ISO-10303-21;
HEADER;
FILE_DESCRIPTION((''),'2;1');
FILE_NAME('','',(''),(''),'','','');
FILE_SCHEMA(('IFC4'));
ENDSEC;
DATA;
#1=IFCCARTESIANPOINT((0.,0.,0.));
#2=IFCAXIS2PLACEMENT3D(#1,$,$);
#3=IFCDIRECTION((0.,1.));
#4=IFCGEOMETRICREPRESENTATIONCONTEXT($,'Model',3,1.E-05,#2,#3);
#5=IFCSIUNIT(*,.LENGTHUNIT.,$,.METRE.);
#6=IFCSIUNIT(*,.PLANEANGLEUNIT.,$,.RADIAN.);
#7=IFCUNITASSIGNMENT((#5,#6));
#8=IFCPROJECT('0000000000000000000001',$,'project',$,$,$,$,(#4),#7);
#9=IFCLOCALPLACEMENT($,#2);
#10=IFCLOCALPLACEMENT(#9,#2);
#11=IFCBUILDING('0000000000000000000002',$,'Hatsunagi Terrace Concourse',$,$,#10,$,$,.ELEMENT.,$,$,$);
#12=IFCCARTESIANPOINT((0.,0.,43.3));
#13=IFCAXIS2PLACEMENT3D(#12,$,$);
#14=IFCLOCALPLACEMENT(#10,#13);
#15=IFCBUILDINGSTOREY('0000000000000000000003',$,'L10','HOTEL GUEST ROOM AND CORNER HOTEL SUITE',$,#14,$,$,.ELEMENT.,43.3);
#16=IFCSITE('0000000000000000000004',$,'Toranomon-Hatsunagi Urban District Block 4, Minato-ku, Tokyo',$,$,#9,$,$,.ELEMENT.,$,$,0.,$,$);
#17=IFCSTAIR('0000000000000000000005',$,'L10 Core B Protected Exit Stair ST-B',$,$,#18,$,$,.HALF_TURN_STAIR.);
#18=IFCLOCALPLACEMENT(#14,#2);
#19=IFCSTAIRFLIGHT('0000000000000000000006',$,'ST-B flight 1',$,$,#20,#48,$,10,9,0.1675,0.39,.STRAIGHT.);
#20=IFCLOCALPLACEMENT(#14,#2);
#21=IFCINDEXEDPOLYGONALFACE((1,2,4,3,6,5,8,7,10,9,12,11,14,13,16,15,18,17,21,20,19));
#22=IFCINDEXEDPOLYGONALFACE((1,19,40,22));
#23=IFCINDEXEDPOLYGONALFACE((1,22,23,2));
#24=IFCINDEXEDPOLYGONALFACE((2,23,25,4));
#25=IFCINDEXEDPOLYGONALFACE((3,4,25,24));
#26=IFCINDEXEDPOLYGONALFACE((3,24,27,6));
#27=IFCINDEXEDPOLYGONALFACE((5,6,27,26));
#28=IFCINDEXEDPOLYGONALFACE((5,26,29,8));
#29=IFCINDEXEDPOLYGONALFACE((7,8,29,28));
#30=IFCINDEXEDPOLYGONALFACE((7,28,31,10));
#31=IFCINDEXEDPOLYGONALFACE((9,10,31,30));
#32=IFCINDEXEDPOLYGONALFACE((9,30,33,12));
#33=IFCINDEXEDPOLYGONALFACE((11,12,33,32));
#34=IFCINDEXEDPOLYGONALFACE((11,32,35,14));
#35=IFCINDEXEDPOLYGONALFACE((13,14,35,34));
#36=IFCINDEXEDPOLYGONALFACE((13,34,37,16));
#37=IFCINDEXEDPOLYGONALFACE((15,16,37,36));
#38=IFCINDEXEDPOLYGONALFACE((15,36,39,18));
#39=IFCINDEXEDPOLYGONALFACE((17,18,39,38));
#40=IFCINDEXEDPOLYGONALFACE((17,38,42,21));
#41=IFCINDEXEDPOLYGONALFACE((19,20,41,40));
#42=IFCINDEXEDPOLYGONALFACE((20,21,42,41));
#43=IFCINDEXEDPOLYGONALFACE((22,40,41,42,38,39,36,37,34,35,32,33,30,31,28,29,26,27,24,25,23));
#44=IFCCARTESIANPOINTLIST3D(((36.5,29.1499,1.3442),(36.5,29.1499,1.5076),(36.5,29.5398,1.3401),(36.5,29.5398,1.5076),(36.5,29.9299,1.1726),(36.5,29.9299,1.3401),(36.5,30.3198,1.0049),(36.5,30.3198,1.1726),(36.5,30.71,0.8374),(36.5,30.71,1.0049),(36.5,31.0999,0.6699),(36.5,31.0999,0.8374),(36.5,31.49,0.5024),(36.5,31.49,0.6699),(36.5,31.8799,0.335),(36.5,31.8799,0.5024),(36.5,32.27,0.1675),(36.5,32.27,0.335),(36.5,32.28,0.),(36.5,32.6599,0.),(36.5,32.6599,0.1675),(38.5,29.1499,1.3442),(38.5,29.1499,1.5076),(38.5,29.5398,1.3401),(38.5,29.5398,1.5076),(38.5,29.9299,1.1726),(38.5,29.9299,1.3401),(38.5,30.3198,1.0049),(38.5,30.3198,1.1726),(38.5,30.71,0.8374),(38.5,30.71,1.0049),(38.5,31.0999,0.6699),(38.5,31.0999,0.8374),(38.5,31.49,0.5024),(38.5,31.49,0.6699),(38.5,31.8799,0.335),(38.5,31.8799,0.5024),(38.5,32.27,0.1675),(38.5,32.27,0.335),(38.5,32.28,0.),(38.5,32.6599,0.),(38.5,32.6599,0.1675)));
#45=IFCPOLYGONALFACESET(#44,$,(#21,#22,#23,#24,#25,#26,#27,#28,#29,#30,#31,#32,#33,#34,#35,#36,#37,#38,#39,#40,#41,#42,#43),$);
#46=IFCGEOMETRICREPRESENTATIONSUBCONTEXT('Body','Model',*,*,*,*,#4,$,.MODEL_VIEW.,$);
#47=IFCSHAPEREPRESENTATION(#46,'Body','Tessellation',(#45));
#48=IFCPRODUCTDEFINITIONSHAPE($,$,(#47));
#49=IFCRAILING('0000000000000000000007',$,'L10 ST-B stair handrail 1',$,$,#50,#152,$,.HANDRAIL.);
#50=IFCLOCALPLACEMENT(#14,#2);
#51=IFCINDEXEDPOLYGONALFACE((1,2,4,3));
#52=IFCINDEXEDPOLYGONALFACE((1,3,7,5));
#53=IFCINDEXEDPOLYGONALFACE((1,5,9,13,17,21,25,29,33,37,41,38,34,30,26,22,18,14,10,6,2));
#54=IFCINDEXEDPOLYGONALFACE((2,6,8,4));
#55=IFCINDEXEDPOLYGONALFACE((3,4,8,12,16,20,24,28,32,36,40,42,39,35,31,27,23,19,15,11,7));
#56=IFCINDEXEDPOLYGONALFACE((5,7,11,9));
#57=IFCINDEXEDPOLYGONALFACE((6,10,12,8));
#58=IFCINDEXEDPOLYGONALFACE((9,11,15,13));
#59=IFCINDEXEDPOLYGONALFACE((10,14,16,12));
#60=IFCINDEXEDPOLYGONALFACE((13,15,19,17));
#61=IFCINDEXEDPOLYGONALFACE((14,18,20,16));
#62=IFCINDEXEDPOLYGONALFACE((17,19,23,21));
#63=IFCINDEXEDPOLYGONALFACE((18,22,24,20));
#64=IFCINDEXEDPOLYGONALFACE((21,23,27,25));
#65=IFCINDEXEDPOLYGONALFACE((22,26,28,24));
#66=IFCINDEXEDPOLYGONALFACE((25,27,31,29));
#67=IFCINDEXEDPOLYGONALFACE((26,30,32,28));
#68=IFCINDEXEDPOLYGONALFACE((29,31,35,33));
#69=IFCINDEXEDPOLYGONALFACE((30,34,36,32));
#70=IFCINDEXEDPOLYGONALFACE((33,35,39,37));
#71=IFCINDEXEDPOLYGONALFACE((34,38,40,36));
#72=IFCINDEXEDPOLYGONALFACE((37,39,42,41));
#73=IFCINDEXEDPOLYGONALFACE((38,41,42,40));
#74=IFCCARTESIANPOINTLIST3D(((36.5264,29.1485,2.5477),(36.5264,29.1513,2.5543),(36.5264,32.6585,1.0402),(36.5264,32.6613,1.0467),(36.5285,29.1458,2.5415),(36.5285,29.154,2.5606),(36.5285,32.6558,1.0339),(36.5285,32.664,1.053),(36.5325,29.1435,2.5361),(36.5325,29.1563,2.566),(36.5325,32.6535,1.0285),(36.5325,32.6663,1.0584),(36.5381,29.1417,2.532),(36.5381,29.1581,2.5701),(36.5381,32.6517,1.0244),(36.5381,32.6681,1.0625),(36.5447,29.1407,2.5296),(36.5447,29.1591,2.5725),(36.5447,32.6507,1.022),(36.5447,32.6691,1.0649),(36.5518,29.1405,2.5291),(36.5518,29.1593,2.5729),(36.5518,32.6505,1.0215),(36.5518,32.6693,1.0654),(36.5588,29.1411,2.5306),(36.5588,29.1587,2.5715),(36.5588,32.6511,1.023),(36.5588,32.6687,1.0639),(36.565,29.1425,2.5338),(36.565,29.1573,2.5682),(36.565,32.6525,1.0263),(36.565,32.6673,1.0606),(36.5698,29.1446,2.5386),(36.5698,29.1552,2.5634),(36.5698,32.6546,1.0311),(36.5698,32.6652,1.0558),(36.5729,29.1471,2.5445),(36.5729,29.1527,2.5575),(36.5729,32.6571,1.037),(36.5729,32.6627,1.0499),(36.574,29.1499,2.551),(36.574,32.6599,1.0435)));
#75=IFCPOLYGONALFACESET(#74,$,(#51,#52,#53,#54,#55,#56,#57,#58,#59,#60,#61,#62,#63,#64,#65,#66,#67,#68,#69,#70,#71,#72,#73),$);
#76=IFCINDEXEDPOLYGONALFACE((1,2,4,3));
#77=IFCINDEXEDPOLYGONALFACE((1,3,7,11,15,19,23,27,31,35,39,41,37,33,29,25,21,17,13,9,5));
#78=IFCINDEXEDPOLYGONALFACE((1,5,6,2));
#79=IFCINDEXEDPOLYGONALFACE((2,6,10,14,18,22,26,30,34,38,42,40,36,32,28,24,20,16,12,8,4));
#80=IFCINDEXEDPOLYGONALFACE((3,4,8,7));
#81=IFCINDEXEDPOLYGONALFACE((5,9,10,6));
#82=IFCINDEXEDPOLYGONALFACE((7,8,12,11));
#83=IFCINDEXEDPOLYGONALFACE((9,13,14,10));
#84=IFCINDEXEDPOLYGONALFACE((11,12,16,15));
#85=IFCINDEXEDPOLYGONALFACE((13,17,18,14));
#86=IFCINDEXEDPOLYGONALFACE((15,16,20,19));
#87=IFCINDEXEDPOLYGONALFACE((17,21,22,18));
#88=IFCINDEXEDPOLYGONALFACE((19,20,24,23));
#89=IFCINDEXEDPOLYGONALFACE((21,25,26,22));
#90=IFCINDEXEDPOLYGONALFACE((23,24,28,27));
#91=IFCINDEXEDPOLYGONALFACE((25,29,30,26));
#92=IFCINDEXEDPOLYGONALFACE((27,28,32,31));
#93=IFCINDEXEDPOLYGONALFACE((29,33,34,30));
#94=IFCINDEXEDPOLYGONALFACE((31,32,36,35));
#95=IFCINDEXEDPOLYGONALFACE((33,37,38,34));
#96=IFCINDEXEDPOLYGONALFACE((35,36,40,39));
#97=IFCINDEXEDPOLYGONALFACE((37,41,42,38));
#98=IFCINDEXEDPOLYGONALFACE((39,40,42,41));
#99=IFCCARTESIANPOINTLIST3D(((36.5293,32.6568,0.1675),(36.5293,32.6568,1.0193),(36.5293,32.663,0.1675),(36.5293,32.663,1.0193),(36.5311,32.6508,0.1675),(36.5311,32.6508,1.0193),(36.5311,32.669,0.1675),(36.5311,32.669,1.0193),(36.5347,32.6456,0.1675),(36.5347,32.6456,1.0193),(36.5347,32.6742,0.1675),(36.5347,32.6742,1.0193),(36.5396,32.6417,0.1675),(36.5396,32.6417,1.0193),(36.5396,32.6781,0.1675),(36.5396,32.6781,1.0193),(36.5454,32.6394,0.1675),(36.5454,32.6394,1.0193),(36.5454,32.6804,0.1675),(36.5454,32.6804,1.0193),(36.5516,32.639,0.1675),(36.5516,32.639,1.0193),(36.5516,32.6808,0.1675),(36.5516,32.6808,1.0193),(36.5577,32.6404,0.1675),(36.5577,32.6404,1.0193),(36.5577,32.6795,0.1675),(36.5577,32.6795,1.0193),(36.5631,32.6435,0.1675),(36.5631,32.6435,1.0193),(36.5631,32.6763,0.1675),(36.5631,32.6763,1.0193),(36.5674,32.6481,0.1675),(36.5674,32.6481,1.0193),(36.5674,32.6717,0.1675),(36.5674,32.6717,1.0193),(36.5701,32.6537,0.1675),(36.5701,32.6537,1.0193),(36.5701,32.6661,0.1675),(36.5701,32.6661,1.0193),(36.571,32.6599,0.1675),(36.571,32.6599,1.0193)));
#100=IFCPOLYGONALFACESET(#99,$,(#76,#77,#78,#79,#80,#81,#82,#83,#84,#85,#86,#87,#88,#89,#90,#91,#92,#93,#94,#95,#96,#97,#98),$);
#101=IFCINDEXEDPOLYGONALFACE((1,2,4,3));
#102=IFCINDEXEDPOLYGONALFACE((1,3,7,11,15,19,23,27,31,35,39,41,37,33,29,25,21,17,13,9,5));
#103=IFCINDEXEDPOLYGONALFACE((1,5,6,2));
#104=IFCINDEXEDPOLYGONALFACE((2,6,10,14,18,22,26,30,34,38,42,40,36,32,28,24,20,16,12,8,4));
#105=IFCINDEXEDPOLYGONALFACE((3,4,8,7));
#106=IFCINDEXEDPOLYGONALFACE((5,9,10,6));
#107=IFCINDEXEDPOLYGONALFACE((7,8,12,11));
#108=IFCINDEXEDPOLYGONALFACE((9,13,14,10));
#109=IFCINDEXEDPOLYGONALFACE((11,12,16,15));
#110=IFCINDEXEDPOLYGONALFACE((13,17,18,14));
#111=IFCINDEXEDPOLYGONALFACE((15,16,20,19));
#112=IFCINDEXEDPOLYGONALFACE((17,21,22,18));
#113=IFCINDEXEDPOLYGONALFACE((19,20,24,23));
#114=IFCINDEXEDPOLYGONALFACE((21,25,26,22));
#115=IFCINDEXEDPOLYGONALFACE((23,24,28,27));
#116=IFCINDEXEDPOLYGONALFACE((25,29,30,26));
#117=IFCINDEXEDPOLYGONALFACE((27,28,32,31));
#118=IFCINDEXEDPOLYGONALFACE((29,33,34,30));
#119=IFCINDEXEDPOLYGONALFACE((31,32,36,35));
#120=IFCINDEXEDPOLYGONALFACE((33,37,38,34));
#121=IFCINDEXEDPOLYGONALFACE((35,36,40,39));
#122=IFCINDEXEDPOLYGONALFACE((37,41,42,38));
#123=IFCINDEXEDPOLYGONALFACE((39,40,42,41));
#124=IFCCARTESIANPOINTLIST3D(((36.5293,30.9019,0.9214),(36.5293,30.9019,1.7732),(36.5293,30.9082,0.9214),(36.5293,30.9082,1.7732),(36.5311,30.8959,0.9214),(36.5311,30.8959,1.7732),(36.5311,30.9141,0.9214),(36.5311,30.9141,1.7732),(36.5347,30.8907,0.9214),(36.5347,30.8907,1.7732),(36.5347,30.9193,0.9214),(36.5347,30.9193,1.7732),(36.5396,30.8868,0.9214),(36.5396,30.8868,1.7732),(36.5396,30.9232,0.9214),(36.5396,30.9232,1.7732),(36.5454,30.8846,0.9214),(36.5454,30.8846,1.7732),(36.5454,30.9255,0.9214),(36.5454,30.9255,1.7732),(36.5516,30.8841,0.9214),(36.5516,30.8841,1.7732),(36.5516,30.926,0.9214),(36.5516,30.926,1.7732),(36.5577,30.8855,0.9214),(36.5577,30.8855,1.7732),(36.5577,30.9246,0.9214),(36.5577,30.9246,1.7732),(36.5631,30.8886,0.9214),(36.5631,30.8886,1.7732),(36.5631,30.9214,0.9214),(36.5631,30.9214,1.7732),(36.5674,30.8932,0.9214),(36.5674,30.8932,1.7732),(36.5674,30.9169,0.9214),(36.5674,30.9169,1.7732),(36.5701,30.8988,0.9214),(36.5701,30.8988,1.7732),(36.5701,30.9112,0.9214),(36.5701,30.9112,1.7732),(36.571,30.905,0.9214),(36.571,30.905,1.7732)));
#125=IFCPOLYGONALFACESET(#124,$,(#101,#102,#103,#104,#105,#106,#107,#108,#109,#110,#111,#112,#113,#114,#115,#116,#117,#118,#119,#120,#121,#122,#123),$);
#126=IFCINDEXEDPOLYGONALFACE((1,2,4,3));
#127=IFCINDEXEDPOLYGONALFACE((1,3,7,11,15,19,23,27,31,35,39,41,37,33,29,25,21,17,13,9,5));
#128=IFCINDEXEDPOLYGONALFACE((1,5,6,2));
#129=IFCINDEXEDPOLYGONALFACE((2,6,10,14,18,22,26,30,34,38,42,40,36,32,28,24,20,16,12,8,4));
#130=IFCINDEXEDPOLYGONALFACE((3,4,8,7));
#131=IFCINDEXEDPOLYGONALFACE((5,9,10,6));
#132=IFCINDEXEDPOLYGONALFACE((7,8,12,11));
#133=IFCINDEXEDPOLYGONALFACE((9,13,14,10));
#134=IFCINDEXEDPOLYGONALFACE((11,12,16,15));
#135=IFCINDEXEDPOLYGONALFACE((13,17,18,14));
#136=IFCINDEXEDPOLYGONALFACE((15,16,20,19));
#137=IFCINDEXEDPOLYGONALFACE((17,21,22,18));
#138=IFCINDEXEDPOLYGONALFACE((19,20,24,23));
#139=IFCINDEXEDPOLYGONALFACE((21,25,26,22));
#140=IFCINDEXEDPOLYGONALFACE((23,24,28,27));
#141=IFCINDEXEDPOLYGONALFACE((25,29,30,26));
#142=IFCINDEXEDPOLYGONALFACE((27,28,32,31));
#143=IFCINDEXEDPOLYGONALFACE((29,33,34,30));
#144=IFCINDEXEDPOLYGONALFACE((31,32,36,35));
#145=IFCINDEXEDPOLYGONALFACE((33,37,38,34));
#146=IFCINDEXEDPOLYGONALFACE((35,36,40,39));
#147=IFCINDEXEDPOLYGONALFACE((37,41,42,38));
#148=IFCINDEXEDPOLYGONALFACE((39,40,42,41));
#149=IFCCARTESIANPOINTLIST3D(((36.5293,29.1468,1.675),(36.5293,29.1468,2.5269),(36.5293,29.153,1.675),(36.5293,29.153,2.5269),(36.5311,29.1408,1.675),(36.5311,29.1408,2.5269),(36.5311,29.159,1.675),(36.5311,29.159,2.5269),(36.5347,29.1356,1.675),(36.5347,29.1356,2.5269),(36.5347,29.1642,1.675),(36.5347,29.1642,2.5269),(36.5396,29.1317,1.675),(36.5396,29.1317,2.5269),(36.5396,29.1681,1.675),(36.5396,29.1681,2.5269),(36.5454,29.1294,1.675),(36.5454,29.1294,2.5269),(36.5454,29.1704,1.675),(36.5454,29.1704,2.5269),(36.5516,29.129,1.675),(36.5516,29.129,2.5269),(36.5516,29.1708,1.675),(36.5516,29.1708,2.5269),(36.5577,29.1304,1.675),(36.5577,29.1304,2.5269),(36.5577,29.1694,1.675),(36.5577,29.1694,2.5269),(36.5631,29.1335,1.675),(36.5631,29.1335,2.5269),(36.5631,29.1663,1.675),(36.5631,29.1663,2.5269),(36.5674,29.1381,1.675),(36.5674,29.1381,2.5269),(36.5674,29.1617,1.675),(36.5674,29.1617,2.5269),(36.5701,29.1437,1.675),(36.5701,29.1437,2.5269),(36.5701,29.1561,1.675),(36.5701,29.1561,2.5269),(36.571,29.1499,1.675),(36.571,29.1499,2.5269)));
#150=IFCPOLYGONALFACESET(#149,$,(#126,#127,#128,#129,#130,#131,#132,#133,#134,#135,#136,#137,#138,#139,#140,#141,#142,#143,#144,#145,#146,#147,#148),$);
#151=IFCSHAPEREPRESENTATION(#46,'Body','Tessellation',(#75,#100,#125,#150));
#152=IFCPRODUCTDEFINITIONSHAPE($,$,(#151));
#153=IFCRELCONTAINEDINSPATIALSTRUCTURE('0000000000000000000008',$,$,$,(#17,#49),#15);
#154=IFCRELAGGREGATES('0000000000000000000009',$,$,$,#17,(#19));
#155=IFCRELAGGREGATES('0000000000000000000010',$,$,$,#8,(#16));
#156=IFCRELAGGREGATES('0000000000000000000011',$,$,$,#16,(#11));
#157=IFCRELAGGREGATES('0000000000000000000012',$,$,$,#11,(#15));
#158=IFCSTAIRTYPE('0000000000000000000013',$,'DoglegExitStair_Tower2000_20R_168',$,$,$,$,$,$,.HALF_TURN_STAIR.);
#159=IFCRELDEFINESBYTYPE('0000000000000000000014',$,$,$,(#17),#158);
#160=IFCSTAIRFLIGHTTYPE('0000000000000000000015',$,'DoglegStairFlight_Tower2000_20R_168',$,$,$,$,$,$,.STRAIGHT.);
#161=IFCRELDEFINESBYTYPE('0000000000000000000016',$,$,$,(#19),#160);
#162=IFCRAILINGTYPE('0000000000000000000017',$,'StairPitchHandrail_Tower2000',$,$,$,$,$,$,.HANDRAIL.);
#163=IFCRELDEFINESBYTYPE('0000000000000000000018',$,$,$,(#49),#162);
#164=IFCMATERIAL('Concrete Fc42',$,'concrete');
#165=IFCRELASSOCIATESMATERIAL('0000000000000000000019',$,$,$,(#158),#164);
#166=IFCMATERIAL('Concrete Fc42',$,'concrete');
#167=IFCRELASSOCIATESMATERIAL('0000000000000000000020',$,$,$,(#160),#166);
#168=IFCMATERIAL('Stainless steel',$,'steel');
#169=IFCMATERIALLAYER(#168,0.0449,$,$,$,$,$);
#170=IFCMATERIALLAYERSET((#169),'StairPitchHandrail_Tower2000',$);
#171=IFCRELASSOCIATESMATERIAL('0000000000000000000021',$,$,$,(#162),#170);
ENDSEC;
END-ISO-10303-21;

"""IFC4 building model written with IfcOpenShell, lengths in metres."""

from ifc_helpers import new_model, si_unit, direction, frame, origin, origin_2d, place, context, subcontext, project, spatial, polyline, circle, outline, extrude, material, layer, layer_set, type_object, element, aggregate, save


model = new_model("IFC4")

# Units and contexts
model_context = context("Model", 3, precision=1e-05, world=origin(), true_north=direction((0.0, 1.0)))
body_context = subcontext(model_context, "Body", "Model", "MODEL_VIEW")
ifc_project = project(units=[si_unit("LENGTHUNIT", "METRE"), si_unit("PLANEANGLEUNIT", "RADIAN")], contexts=[model_context])

# Site, building, storey
site_placement = place(None, origin())
site = spatial("IfcSite", under=ifc_project, at=site_placement, Name="Toranomon-Hatsunagi Urban District Block 4, Minato-ku, Tokyo", CompositionType="ELEMENT", RefElevation=0.0)
building_placement = place(site_placement, origin())
building = spatial("IfcBuilding", under=site, at=building_placement, Name="Hatsunagi Terrace Concourse", CompositionType="ELEMENT")
storey_placement = place(building_placement, frame((0.0, 0.0, 43.3)))
storey = spatial("IfcBuildingStorey", under=building, at=storey_placement, Name="L10", Description="HOTEL GUEST ROOM AND CORNER HOTEL SUITE", CompositionType="ELEMENT", Elevation=43.3)

# Stair, stair flight
ifc_material_1 = material(Name="Concrete Fc42", Category="concrete")
stair_type = type_object("IfcStairType", Name="DoglegExitStair_Tower2000_20R_168", PredefinedType="HALF_TURN_STAIR", material=ifc_material_1)
stair_placement = place(storey_placement, origin())
stair = element("IfcStair", 1, at=stair_placement, inside=storey, type_object=stair_type, Name="L10 Core B Protected Exit Stair ST-B", PredefinedType="HALF_TURN_STAIR")
ifc_material_2 = material(Name="Concrete Fc42", Category="concrete")
stair_flight_type = type_object("IfcStairFlightType", Name="DoglegStairFlight_Tower2000_20R_168", PredefinedType="STRAIGHT", material=ifc_material_2)
stair_flight_placement = place(storey_placement, frame((37.5, 32.6599, 0.0), z_axis=(0.0, 0.0, 1.0), x_axis=(0.0, -1.0, 0.0)))
stair_flight = element("IfcStairFlight", 2, at=stair_flight_placement, type_object=stair_flight_type, Name="ST-B flight 1", NumberOfRisers=10, NumberOfTreads=9, PredefinedType="STRAIGHT", RiserHeight=0.1675, TreadLength=0.39, context=body_context, shape_type="SweptSolid", body=[
    extrude(outline(polyline([(0.0, 0.0), (0.0, 0.1675), (0.3899, 0.1675), (0.3899, 0.335), (0.78, 0.335), (0.78, 0.5024), (1.1699, 0.5024), (1.1699, 0.6699), (1.5601, 0.6699), (1.5601, 0.8374), (1.95, 0.8374), (1.95, 1.0049), (2.3401, 1.0049), (2.3401, 1.1726), (2.73, 1.1726), (2.73, 1.3401), (3.1201, 1.3401), (3.1201, 1.5076), (3.51, 1.5076), (3.51, 1.675), (3.51, 1.3442), (0.3799, 0.0), (0.0, 0.0)])), frame((0.0, 1.0, 0.0), z_axis=(0.0, -1.0, 0.0), x_axis=(1.0, 0.0, 0.0)), (0.0, 0.0, 1.0), 2.0),
])
aggregate(stair, [stair_flight])

# Railing
ifc_material_3 = material(Name="Stainless steel", Category="steel")
ifc_layer_1 = layer(ifc_material_3, 0.0449)
ifc_layer_set_1 = layer_set([ifc_layer_1], Name="StairPitchHandrail_Tower2000")
railing_type_1 = type_object("IfcRailingType", Name="StairPitchHandrail_Tower2000", PredefinedType="HANDRAIL", material=ifc_layer_set_1)
railing_1_placement = place(storey_placement, frame((36.55, 32.6599, 0.1675)))
element("IfcRailing", 3, at=railing_1_placement, inside=storey, type_object=railing_type_1, Name="L10 ST-B stair handrail 1", PredefinedType="HANDRAIL", context=body_context, shape_type="SweptSolid", body=[
    extrude(circle(Radius=0.0239, at=origin_2d()), frame((0.0, 0.0, 0.876), z_axis=(0.0, -0.918834, 0.394644), x_axis=(1.0, 0.0, 0.0)), (0.0, 0.0, 1.0), 3.8201),
    extrude(circle(Radius=0.021, at=origin_2d()), origin(), (0.0, 0.0, 1.0), 0.8518),
    extrude(circle(Radius=0.021, at=origin_2d()), frame((0.0, -1.7549, 0.7539)), (0.0, 0.0, 1.0), 0.8518),
    extrude(circle(Radius=0.021, at=origin_2d()), frame((0.0, -3.51, 1.5076)), (0.0, 0.0, 1.0), 0.8518),
])

save(model, "model.ifc")
